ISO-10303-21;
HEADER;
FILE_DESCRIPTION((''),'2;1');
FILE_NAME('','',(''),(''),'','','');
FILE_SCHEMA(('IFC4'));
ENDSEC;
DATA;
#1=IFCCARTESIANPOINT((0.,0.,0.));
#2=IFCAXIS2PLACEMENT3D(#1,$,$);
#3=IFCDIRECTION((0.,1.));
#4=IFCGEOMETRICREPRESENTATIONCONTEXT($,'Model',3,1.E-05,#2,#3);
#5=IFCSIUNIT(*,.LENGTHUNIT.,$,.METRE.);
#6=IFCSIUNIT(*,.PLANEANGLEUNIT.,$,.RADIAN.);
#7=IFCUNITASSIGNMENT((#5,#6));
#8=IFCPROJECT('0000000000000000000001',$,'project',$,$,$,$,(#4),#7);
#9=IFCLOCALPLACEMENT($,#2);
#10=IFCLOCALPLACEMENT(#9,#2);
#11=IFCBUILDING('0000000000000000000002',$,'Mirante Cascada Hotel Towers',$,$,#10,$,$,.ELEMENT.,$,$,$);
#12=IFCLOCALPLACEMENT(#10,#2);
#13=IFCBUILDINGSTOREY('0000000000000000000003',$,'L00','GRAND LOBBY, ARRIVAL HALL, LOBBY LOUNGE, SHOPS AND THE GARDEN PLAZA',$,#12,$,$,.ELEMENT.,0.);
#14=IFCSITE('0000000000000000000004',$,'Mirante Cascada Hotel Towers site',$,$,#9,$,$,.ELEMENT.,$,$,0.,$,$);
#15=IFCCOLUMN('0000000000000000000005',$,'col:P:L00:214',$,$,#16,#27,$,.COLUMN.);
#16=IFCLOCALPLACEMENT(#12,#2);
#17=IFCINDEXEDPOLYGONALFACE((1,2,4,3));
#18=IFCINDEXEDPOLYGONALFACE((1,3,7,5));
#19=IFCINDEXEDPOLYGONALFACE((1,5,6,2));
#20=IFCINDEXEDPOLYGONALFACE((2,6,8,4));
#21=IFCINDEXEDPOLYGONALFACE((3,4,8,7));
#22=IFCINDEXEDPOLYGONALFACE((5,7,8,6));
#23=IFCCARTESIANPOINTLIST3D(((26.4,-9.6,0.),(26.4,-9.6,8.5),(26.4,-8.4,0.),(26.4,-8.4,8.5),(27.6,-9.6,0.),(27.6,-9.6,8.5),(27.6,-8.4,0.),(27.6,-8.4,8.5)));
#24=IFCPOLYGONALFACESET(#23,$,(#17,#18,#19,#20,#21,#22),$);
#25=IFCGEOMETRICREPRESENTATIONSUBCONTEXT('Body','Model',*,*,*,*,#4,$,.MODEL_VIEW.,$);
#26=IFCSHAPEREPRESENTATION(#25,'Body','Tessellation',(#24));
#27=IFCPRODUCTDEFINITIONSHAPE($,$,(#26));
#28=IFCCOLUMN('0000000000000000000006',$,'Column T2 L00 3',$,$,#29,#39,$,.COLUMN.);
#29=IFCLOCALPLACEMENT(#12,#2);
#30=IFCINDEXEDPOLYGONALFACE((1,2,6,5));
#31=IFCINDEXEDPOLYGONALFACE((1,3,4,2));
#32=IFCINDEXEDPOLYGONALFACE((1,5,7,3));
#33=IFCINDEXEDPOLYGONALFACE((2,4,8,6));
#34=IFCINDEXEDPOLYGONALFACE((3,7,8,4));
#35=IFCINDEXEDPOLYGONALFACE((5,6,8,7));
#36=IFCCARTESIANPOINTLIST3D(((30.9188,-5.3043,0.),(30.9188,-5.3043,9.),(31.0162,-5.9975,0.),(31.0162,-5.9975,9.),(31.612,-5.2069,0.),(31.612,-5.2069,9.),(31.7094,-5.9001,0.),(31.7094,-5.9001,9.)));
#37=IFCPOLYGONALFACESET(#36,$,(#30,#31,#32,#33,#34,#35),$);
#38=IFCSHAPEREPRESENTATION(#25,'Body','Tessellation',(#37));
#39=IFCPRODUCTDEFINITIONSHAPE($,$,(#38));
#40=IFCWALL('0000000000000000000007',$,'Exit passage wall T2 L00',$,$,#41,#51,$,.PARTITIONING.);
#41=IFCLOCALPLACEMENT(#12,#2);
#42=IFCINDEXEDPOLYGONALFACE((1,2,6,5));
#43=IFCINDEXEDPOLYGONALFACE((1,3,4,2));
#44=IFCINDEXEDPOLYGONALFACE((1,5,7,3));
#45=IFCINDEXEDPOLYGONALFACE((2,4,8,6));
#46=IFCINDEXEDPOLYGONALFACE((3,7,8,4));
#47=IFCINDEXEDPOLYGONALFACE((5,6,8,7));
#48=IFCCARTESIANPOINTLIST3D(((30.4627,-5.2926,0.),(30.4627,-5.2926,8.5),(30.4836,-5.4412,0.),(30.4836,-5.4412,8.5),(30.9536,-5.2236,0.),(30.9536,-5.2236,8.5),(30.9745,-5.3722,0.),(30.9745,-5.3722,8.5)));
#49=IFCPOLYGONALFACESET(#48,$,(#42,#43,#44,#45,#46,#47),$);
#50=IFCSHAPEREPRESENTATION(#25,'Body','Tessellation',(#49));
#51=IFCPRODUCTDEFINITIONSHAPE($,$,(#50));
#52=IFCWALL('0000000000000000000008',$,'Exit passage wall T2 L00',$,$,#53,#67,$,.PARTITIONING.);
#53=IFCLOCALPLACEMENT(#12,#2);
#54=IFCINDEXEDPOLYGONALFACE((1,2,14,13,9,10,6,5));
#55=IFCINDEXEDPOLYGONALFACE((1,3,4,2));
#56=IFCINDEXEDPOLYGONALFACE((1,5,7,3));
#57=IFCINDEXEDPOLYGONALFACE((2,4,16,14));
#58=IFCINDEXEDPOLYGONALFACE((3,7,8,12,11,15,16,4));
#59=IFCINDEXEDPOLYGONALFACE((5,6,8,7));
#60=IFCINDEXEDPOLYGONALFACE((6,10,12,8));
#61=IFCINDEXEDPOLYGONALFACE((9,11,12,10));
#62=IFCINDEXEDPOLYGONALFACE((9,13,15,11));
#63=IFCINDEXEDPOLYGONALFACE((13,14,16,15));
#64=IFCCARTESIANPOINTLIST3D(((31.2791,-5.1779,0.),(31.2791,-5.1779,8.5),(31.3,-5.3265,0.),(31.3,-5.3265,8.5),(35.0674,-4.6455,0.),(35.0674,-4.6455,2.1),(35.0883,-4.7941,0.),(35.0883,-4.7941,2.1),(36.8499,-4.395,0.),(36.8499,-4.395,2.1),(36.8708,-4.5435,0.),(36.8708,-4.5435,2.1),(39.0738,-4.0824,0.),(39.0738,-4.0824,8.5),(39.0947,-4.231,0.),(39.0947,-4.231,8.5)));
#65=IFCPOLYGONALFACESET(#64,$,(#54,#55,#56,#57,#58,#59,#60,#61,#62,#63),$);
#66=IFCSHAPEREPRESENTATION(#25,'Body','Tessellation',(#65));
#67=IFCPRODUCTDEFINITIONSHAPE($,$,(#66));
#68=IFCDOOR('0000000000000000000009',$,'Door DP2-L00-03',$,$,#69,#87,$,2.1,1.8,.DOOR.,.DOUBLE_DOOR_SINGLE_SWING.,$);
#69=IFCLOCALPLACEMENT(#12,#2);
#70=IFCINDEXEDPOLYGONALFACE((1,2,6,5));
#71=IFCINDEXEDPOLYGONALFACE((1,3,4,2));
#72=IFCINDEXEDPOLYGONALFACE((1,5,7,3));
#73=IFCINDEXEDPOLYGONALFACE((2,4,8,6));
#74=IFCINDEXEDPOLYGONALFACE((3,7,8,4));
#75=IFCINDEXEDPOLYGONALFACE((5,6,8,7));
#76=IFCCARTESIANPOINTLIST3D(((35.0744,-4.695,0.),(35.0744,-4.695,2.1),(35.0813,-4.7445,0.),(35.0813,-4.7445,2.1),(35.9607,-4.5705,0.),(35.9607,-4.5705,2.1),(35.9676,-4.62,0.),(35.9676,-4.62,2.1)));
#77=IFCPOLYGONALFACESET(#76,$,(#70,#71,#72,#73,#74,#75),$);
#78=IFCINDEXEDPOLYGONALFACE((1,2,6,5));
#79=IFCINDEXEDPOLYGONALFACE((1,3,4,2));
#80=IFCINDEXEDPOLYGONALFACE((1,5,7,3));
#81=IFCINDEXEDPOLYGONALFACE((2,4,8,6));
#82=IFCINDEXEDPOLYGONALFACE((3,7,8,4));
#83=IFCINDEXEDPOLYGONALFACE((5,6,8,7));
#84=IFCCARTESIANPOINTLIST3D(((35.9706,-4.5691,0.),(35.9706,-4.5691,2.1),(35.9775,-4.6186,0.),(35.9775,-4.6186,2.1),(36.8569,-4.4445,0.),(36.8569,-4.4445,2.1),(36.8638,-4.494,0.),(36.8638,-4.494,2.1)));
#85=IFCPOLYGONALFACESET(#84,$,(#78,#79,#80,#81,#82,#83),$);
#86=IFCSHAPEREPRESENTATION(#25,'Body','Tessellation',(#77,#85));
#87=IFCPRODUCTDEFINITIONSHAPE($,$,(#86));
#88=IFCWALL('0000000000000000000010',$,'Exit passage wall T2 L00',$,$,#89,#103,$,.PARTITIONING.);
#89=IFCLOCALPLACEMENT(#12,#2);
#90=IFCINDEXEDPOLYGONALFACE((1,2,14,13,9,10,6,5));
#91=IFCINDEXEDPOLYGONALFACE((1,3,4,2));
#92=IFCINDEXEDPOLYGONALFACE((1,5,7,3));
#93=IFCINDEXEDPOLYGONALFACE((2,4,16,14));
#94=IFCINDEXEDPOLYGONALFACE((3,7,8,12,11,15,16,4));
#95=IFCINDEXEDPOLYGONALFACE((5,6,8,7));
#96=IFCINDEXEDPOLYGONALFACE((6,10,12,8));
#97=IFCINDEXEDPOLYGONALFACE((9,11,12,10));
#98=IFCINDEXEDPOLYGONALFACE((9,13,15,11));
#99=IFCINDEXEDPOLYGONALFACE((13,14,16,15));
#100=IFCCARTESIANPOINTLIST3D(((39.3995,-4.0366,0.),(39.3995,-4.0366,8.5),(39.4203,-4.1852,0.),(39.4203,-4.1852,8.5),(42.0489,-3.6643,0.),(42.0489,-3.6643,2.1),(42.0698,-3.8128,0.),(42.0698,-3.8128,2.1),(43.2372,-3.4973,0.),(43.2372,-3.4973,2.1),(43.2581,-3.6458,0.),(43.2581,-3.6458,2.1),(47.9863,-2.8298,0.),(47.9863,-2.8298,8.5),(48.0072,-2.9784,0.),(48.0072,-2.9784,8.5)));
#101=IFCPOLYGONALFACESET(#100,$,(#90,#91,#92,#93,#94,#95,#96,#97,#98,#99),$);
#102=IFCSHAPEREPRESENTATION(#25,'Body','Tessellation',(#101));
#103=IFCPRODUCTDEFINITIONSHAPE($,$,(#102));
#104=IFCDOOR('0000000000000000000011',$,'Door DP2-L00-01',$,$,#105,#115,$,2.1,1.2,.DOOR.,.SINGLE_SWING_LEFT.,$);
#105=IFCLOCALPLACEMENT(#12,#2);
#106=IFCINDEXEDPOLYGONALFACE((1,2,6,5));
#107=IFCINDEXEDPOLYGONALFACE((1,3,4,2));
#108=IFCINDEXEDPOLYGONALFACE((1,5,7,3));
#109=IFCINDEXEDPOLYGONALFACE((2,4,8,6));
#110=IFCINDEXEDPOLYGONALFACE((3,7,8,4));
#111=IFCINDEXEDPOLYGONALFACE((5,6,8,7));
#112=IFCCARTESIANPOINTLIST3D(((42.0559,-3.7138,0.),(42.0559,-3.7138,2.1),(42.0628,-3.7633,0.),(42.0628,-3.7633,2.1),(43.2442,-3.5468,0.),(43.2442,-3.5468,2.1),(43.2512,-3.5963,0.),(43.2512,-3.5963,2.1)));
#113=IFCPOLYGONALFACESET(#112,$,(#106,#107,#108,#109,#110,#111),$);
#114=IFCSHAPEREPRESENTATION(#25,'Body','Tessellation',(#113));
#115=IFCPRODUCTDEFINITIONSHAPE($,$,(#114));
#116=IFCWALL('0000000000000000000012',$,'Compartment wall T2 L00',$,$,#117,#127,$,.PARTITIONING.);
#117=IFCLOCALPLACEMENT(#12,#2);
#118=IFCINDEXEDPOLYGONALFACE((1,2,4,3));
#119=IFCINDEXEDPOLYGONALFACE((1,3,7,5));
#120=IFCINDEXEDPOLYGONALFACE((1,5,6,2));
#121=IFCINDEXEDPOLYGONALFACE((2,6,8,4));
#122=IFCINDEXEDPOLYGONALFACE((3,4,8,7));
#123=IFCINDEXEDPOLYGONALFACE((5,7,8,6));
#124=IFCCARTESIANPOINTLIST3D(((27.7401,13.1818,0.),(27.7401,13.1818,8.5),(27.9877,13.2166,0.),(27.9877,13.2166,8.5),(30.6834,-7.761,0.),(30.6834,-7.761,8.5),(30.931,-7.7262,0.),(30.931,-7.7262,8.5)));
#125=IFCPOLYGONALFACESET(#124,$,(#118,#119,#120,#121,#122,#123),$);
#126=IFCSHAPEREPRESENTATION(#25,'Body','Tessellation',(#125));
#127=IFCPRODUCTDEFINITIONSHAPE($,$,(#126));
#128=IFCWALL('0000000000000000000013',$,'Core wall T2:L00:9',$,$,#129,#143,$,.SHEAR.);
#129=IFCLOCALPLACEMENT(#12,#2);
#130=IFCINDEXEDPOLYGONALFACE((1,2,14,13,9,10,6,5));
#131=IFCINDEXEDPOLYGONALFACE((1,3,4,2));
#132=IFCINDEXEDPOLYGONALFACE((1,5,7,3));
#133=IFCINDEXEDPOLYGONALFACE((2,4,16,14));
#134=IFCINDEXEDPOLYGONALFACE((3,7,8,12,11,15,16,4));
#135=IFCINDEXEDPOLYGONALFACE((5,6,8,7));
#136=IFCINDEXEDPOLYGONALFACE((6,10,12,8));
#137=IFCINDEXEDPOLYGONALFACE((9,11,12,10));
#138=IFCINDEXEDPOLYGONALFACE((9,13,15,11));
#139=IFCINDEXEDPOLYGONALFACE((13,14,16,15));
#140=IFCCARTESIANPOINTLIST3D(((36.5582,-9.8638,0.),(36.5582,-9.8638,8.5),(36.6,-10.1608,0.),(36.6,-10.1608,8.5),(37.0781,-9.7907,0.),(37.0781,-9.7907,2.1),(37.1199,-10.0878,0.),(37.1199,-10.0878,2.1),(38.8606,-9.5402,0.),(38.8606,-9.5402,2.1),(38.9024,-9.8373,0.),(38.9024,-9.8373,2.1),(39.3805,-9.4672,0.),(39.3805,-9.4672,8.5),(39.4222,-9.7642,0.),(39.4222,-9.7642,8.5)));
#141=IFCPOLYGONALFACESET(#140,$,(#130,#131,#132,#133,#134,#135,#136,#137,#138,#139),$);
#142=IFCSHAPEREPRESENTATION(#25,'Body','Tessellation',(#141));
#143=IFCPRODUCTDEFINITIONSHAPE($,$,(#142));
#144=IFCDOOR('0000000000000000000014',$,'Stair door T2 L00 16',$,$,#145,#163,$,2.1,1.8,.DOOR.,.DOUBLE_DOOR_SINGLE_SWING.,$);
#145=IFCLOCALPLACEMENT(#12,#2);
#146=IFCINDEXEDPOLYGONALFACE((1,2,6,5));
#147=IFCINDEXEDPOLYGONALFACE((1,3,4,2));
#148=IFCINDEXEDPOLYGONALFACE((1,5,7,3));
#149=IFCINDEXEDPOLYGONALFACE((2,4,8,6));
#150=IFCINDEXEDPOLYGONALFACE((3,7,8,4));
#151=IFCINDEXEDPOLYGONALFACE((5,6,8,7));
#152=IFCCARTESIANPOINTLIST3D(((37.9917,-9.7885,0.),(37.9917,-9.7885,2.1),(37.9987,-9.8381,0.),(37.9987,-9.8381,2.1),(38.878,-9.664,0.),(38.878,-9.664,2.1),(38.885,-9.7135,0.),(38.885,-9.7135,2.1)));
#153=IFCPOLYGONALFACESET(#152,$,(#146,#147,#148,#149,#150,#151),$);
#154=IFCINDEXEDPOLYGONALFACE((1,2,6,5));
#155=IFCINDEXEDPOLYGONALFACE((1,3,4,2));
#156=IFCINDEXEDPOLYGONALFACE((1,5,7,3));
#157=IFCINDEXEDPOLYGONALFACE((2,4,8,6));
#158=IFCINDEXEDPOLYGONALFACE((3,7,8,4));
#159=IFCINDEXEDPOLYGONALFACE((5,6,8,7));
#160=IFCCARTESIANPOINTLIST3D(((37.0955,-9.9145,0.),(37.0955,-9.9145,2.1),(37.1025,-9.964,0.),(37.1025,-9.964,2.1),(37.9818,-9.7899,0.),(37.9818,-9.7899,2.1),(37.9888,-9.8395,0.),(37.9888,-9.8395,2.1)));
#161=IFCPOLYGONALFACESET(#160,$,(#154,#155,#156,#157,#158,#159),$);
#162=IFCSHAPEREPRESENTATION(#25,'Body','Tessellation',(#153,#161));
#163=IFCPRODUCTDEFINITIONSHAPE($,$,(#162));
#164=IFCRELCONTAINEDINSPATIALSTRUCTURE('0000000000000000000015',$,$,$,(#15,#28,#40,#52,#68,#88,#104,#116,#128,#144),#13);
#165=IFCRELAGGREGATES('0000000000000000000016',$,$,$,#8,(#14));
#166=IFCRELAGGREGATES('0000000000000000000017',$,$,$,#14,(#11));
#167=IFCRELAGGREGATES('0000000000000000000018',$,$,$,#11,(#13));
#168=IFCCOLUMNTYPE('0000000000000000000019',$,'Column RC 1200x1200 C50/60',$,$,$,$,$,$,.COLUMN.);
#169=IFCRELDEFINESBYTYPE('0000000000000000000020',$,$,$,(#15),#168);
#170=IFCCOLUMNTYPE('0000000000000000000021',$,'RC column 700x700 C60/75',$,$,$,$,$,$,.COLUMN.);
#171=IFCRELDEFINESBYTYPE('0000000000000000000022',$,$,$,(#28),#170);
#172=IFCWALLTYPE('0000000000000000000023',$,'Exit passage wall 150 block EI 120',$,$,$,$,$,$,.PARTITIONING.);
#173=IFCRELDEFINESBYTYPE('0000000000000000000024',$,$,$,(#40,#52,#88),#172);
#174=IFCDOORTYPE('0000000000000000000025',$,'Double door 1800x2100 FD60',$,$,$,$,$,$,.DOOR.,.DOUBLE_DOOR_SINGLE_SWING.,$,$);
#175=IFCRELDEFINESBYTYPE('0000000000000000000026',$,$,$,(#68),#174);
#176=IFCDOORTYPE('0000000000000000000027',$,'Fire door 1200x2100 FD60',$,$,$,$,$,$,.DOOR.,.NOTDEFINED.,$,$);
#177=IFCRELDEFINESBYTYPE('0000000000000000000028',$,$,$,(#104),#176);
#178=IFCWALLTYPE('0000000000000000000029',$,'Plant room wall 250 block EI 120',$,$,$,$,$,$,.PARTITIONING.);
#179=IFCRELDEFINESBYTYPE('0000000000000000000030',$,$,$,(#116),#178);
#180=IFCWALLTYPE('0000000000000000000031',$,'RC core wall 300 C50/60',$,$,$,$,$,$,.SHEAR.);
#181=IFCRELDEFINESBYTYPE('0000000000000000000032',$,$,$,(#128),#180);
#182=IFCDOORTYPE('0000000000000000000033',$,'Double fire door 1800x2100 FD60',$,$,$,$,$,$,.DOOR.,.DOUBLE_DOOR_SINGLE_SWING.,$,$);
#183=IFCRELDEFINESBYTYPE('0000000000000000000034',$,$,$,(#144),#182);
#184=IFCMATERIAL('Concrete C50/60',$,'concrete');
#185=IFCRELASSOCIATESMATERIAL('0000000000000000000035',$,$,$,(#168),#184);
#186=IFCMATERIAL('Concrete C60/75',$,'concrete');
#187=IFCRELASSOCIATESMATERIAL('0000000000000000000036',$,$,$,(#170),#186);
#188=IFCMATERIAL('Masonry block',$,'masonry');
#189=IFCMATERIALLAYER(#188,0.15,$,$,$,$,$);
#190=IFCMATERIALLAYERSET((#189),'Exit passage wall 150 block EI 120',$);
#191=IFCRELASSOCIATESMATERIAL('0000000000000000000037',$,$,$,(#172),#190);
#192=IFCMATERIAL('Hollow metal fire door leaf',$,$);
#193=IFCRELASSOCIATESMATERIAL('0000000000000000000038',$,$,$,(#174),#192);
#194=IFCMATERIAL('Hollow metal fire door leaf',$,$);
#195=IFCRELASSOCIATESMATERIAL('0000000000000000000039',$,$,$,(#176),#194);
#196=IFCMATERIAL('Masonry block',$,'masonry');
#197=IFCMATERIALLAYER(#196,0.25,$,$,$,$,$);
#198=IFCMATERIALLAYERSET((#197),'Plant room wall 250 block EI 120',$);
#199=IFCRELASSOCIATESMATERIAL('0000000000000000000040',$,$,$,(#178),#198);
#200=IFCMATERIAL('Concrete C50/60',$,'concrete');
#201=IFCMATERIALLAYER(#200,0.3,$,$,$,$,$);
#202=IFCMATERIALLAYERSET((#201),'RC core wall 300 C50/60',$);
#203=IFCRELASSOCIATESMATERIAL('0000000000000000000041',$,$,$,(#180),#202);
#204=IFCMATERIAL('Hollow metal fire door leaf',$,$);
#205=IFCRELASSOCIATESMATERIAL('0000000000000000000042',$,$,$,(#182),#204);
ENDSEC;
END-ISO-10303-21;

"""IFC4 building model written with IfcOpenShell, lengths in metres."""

from ifc_helpers import new_model, si_unit, direction, frame, frame_2d, origin, origin_2d, place, context, subcontext, project, spatial, rectangle, extrude, material, layer, layer_set, material_profile, profile_set, type_object, element, fill, save


model = new_model("IFC4")

# Units and contexts
model_context = context("Model", 3, precision=1e-05, world=origin(), true_north=direction((0.0, 1.0)))
body_context = subcontext(model_context, "Body", "Model", "MODEL_VIEW")
ifc_project = project(units=[si_unit("LENGTHUNIT", "METRE"), si_unit("PLANEANGLEUNIT", "RADIAN")], contexts=[model_context])

# Site, building, storey
site_placement = place(None, origin())
site = spatial("IfcSite", under=ifc_project, at=site_placement, Name="Mirante Cascada Hotel Towers site", CompositionType="ELEMENT", RefElevation=0.0)
building_placement = place(site_placement, origin())
building = spatial("IfcBuilding", under=site, at=building_placement, Name="Mirante Cascada Hotel Towers", CompositionType="ELEMENT")
storey_placement = place(building_placement, origin())
storey = spatial("IfcBuildingStorey", under=building, at=storey_placement, Name="L00", Description="GRAND LOBBY, ARRIVAL HALL, LOBBY LOUNGE, SHOPS AND THE GARDEN PLAZA", CompositionType="ELEMENT", Elevation=0.0)

# Columns
ifc_material_1 = material(Name="Concrete C50/60", Category="concrete")
ifc_material_profile_1 = material_profile(ifc_material_1, rectangle(XDim=1.2, YDim=1.2, at=origin_2d()), Name="RC 1200x1200")
ifc_profile_set_1 = profile_set([ifc_material_profile_1], Name="Concrete C50/60")
column_type_1 = type_object("IfcColumnType", Name="Column RC 1200x1200 C50/60", PredefinedType="COLUMN", material=ifc_profile_set_1)
column_1_placement = place(storey_placement, frame((27.0, -9.0, 0.0), z_axis=(0.0, 0.0, 1.0), x_axis=(1.0, 0.0, 0.0)))
element("IfcColumn", 1, at=column_1_placement, inside=storey, type_object=column_type_1, Name="col:P:L00:214", PredefinedType="COLUMN", context=body_context, shape_type="SweptSolid", body=[
    extrude(rectangle(XDim=1.2, YDim=1.2, at=origin_2d()), origin(), (0.0, 0.0, 1.0), 8.5),
])
ifc_material_2 = material(Name="Concrete C60/75", Category="concrete")
ifc_material_profile_2 = material_profile(ifc_material_2, rectangle(XDim=0.7, YDim=0.7, at=origin_2d()), Name="RC column 700x700 C60/75")
ifc_profile_set_2 = profile_set([ifc_material_profile_2], Name="Concrete C60/75")
column_type_2 = type_object("IfcColumnType", Name="RC column 700x700 C60/75", PredefinedType="COLUMN", material=ifc_profile_set_2)
column_2_placement = place(storey_placement, frame((31.3141, -5.6022, 0.0), z_axis=(0.0, 0.0, 1.0), x_axis=(0.990268, 0.139173, 0.0)))
element("IfcColumn", 2, at=column_2_placement, inside=storey, type_object=column_type_2, Name="Column T2 L00 3", PredefinedType="COLUMN", context=body_context, shape_type="SweptSolid", body=[
    extrude(rectangle(XDim=0.7, YDim=0.7, at=origin_2d()), origin(), (0.0, 0.0, 1.0), 9.0),
])

# Wall
ifc_material_3 = material(Name="Masonry block", Category="masonry")
ifc_layer_1 = layer(ifc_material_3, 0.15)
ifc_layer_set_1 = layer_set([ifc_layer_1], Name="Exit passage wall 150 block EI 120")
wall_type_1 = type_object("IfcWallType", Name="Exit passage wall 150 block EI 120", PredefinedType="PARTITIONING", material=ifc_layer_set_1)
wall_1_placement = place(storey_placement, frame((30.4732, -5.3669, 0.0), z_axis=(0.0, 0.0, 1.0), x_axis=(0.990266, 0.13919, 0.0)))
element("IfcWall", 3, at=wall_1_placement, inside=storey, type_object=wall_type_1, Name="Exit passage wall T2 L00", PredefinedType="PARTITIONING", context=body_context, shape_type="SweptSolid", body=[
    extrude(rectangle(XDim=0.4957, YDim=0.15, at=frame_2d((0.2478, 0.0))), origin(), (0.0, 0.0, 1.0), 8.5),
])

# Walls, openings, doors
wall_2_placement = place(storey_placement, frame((31.2896, -5.2522, 0.0), z_axis=(0.0, 0.0, 1.0), x_axis=(0.990268, 0.139176, 0.0)))
wall_2 = element("IfcWall", 4, at=wall_2_placement, inside=storey, type_object=wall_type_1, Name="Exit passage wall T2 L00", PredefinedType="PARTITIONING", context=body_context, shape_type="SweptSolid", body=[
    extrude(rectangle(XDim=7.8713, YDim=0.15, at=frame_2d((3.9356, 0.0))), origin(), (0.0, 0.0, 1.0), 8.5),
])
opening_1_placement = place(wall_2_placement, frame((3.8255, 0.0, 0.0)))
opening_1 = element("IfcOpeningElement", 5, at=opening_1_placement, cuts=wall_2, PredefinedType="OPENING", context=body_context, shape_type="SweptSolid", body=[
    extrude(rectangle(XDim=1.8, YDim=2.1, at=frame_2d((0.9, 1.05))), frame((0.0, 0.075, 0.0), z_axis=(0.0, -1.0, 0.0), x_axis=(1.0, 0.0, 0.0)), (0.0, 0.0, 1.0), 0.15),
])
ifc_material_4 = material(Name="Hollow metal fire door leaf")
door_type_1 = type_object("IfcDoorType", Name="Double door 1800x2100 FD60", OperationType="DOUBLE_DOOR_SINGLE_SWING", PredefinedType="DOOR", material=ifc_material_4)
door_1_placement = place(opening_1_placement, origin())
door_1 = element("IfcDoor", 6, at=door_1_placement, inside=storey, type_object=door_type_1, Name="Door DP2-L00-03", OperationType="DOUBLE_DOOR_SINGLE_SWING", OverallHeight=2.1, OverallWidth=1.8, PredefinedType="DOOR", context=body_context, shape_type="SweptSolid", body=[
    extrude(rectangle(XDim=0.895, YDim=2.1, at=frame_2d((0.4475, 1.05))), frame((0.0, 0.025, 0.0), z_axis=(0.0, -1.0, 0.0), x_axis=(1.0, 0.0, 0.0)), (0.0, 0.0, 1.0), 0.05),
    extrude(rectangle(XDim=0.895, YDim=2.1, at=frame_2d((1.3525, 1.05))), frame((0.0, 0.025, 0.0), z_axis=(0.0, -1.0, 0.0), x_axis=(1.0, 0.0, 0.0)), (0.0, 0.0, 1.0), 0.05),
])
fill(opening_1, door_1)
wall_3_placement = place(storey_placement, frame((39.4099, -4.1109, 0.0), z_axis=(0.0, 0.0, 1.0), x_axis=(0.990268, 0.139174, 0.0)))
wall_3 = element("IfcWall", 7, at=wall_3_placement, inside=storey, type_object=wall_type_1, Name="Exit passage wall T2 L00", PredefinedType="PARTITIONING", context=body_context, shape_type="SweptSolid", body=[
    extrude(rectangle(XDim=8.6712, YDim=0.15, at=frame_2d((4.3356, 0.0))), origin(), (0.0, 0.0, 1.0), 8.5),
])
opening_2_placement = place(wall_3_placement, frame((2.6755, 0.0, 0.0)))
opening_2 = element("IfcOpeningElement", 8, at=opening_2_placement, cuts=wall_3, PredefinedType="OPENING", context=body_context, shape_type="SweptSolid", body=[
    extrude(rectangle(XDim=1.2, YDim=2.1, at=frame_2d((0.6, 1.05))), frame((0.0, 0.075, 0.0), z_axis=(0.0, -1.0, 0.0), x_axis=(1.0, 0.0, 0.0)), (0.0, 0.0, 1.0), 0.15),
])
ifc_material_5 = material(Name="Hollow metal fire door leaf")
door_type_2 = type_object("IfcDoorType", Name="Fire door 1200x2100 FD60", OperationType="NOTDEFINED", PredefinedType="DOOR", material=ifc_material_5)
door_2_placement = place(opening_2_placement, frame((1.2, 0.0, 0.0), z_axis=(0.0, 0.0, 1.0), x_axis=(-1.0, 0.0, 0.0)))
door_2 = element("IfcDoor", 9, at=door_2_placement, inside=storey, type_object=door_type_2, Name="Door DP2-L00-01", OperationType="SINGLE_SWING_LEFT", OverallHeight=2.1, OverallWidth=1.2, PredefinedType="DOOR", context=body_context, shape_type="SweptSolid", body=[
    extrude(rectangle(XDim=1.2, YDim=2.1, at=frame_2d((0.6, 1.05))), frame((0.0, 0.025, 0.0), z_axis=(0.0, -1.0, 0.0), x_axis=(1.0, 0.0, 0.0)), (0.0, 0.0, 1.0), 0.05),
])
fill(opening_2, door_2)

# Wall
ifc_material_6 = material(Name="Masonry block", Category="masonry")
ifc_layer_2 = layer(ifc_material_6, 0.25)
ifc_layer_set_2 = layer_set([ifc_layer_2], Name="Plant room wall 250 block EI 120")
wall_type_2 = type_object("IfcWallType", Name="Plant room wall 250 block EI 120", PredefinedType="PARTITIONING", material=ifc_layer_set_2)
wall_4_placement = place(storey_placement, frame((30.8072, -7.7436, 0.0), z_axis=(0.0, 0.0, 1.0), x_axis=(-0.139172, 0.990268, 0.0)))
element("IfcWall", 10, at=wall_4_placement, inside=storey, type_object=wall_type_2, Name="Compartment wall T2 L00", PredefinedType="PARTITIONING", context=body_context, shape_type="SweptSolid", body=[
    extrude(rectangle(XDim=21.1486, YDim=0.25, at=frame_2d((10.5743, 0.0))), origin(), (0.0, 0.0, 1.0), 8.5),
])

# Wall, opening, door
ifc_material_7 = material(Name="Concrete C50/60", Category="concrete")
ifc_layer_3 = layer(ifc_material_7, 0.3)
ifc_layer_set_3 = layer_set([ifc_layer_3], Name="RC core wall 300 C50/60")
wall_type_3 = type_object("IfcWallType", Name="RC core wall 300 C50/60", PredefinedType="SHEAR", material=ifc_layer_set_3)
wall_5_placement = place(storey_placement, frame((36.5791, -10.0123, 0.0), z_axis=(0.0, 0.0, 1.0), x_axis=(0.99027, 0.139156, 0.0)))
wall_5 = element("IfcWall", 11, at=wall_5_placement, inside=storey, type_object=wall_type_3, Name="Core wall T2:L00:9", PredefinedType="SHEAR", context=body_context, shape_type="SweptSolid", body=[
    extrude(rectangle(XDim=2.85, YDim=0.3, at=frame_2d((1.425, 0.0))), origin(), (0.0, 0.0, 1.0), 8.5),
])
opening_3_placement = place(wall_5_placement, frame((0.525, 0.0, 0.0)))
opening_3 = element("IfcOpeningElement", 12, at=opening_3_placement, cuts=wall_5, PredefinedType="OPENING", context=body_context, shape_type="SweptSolid", body=[
    extrude(rectangle(XDim=1.8, YDim=2.1, at=frame_2d((0.9, 1.05))), frame((0.0, 0.15, 0.0), z_axis=(0.0, -1.0, 0.0), x_axis=(1.0, 0.0, 0.0)), (0.0, 0.0, 1.0), 0.3),
])
ifc_material_8 = material(Name="Hollow metal fire door leaf")
door_type_3 = type_object("IfcDoorType", Name="Double fire door 1800x2100 FD60", OperationType="DOUBLE_DOOR_SINGLE_SWING", PredefinedType="DOOR", material=ifc_material_8)
door_3_placement = place(opening_3_placement, frame((1.8, 0.0, 0.0), z_axis=(0.0, 0.0, 1.0), x_axis=(-1.0, 0.0, 0.0)))
door_3 = element("IfcDoor", 13, at=door_3_placement, inside=storey, type_object=door_type_3, Name="Stair door T2 L00 16", OperationType="DOUBLE_DOOR_SINGLE_SWING", OverallHeight=2.1, OverallWidth=1.8, PredefinedType="DOOR", context=body_context, shape_type="SweptSolid", body=[
    extrude(rectangle(XDim=0.895, YDim=2.1, at=frame_2d((0.4475, 1.05))), frame((0.0, 0.025, 0.0), z_axis=(0.0, -1.0, 0.0), x_axis=(1.0, 0.0, 0.0)), (0.0, 0.0, 1.0), 0.05),
    extrude(rectangle(XDim=0.895, YDim=2.1, at=frame_2d((1.3525, 1.05))), frame((0.0, 0.025, 0.0), z_axis=(0.0, -1.0, 0.0), x_axis=(1.0, 0.0, 0.0)), (0.0, 0.0, 1.0), 0.05),
])
fill(opening_3, door_3)

save(model, "model.ifc")
